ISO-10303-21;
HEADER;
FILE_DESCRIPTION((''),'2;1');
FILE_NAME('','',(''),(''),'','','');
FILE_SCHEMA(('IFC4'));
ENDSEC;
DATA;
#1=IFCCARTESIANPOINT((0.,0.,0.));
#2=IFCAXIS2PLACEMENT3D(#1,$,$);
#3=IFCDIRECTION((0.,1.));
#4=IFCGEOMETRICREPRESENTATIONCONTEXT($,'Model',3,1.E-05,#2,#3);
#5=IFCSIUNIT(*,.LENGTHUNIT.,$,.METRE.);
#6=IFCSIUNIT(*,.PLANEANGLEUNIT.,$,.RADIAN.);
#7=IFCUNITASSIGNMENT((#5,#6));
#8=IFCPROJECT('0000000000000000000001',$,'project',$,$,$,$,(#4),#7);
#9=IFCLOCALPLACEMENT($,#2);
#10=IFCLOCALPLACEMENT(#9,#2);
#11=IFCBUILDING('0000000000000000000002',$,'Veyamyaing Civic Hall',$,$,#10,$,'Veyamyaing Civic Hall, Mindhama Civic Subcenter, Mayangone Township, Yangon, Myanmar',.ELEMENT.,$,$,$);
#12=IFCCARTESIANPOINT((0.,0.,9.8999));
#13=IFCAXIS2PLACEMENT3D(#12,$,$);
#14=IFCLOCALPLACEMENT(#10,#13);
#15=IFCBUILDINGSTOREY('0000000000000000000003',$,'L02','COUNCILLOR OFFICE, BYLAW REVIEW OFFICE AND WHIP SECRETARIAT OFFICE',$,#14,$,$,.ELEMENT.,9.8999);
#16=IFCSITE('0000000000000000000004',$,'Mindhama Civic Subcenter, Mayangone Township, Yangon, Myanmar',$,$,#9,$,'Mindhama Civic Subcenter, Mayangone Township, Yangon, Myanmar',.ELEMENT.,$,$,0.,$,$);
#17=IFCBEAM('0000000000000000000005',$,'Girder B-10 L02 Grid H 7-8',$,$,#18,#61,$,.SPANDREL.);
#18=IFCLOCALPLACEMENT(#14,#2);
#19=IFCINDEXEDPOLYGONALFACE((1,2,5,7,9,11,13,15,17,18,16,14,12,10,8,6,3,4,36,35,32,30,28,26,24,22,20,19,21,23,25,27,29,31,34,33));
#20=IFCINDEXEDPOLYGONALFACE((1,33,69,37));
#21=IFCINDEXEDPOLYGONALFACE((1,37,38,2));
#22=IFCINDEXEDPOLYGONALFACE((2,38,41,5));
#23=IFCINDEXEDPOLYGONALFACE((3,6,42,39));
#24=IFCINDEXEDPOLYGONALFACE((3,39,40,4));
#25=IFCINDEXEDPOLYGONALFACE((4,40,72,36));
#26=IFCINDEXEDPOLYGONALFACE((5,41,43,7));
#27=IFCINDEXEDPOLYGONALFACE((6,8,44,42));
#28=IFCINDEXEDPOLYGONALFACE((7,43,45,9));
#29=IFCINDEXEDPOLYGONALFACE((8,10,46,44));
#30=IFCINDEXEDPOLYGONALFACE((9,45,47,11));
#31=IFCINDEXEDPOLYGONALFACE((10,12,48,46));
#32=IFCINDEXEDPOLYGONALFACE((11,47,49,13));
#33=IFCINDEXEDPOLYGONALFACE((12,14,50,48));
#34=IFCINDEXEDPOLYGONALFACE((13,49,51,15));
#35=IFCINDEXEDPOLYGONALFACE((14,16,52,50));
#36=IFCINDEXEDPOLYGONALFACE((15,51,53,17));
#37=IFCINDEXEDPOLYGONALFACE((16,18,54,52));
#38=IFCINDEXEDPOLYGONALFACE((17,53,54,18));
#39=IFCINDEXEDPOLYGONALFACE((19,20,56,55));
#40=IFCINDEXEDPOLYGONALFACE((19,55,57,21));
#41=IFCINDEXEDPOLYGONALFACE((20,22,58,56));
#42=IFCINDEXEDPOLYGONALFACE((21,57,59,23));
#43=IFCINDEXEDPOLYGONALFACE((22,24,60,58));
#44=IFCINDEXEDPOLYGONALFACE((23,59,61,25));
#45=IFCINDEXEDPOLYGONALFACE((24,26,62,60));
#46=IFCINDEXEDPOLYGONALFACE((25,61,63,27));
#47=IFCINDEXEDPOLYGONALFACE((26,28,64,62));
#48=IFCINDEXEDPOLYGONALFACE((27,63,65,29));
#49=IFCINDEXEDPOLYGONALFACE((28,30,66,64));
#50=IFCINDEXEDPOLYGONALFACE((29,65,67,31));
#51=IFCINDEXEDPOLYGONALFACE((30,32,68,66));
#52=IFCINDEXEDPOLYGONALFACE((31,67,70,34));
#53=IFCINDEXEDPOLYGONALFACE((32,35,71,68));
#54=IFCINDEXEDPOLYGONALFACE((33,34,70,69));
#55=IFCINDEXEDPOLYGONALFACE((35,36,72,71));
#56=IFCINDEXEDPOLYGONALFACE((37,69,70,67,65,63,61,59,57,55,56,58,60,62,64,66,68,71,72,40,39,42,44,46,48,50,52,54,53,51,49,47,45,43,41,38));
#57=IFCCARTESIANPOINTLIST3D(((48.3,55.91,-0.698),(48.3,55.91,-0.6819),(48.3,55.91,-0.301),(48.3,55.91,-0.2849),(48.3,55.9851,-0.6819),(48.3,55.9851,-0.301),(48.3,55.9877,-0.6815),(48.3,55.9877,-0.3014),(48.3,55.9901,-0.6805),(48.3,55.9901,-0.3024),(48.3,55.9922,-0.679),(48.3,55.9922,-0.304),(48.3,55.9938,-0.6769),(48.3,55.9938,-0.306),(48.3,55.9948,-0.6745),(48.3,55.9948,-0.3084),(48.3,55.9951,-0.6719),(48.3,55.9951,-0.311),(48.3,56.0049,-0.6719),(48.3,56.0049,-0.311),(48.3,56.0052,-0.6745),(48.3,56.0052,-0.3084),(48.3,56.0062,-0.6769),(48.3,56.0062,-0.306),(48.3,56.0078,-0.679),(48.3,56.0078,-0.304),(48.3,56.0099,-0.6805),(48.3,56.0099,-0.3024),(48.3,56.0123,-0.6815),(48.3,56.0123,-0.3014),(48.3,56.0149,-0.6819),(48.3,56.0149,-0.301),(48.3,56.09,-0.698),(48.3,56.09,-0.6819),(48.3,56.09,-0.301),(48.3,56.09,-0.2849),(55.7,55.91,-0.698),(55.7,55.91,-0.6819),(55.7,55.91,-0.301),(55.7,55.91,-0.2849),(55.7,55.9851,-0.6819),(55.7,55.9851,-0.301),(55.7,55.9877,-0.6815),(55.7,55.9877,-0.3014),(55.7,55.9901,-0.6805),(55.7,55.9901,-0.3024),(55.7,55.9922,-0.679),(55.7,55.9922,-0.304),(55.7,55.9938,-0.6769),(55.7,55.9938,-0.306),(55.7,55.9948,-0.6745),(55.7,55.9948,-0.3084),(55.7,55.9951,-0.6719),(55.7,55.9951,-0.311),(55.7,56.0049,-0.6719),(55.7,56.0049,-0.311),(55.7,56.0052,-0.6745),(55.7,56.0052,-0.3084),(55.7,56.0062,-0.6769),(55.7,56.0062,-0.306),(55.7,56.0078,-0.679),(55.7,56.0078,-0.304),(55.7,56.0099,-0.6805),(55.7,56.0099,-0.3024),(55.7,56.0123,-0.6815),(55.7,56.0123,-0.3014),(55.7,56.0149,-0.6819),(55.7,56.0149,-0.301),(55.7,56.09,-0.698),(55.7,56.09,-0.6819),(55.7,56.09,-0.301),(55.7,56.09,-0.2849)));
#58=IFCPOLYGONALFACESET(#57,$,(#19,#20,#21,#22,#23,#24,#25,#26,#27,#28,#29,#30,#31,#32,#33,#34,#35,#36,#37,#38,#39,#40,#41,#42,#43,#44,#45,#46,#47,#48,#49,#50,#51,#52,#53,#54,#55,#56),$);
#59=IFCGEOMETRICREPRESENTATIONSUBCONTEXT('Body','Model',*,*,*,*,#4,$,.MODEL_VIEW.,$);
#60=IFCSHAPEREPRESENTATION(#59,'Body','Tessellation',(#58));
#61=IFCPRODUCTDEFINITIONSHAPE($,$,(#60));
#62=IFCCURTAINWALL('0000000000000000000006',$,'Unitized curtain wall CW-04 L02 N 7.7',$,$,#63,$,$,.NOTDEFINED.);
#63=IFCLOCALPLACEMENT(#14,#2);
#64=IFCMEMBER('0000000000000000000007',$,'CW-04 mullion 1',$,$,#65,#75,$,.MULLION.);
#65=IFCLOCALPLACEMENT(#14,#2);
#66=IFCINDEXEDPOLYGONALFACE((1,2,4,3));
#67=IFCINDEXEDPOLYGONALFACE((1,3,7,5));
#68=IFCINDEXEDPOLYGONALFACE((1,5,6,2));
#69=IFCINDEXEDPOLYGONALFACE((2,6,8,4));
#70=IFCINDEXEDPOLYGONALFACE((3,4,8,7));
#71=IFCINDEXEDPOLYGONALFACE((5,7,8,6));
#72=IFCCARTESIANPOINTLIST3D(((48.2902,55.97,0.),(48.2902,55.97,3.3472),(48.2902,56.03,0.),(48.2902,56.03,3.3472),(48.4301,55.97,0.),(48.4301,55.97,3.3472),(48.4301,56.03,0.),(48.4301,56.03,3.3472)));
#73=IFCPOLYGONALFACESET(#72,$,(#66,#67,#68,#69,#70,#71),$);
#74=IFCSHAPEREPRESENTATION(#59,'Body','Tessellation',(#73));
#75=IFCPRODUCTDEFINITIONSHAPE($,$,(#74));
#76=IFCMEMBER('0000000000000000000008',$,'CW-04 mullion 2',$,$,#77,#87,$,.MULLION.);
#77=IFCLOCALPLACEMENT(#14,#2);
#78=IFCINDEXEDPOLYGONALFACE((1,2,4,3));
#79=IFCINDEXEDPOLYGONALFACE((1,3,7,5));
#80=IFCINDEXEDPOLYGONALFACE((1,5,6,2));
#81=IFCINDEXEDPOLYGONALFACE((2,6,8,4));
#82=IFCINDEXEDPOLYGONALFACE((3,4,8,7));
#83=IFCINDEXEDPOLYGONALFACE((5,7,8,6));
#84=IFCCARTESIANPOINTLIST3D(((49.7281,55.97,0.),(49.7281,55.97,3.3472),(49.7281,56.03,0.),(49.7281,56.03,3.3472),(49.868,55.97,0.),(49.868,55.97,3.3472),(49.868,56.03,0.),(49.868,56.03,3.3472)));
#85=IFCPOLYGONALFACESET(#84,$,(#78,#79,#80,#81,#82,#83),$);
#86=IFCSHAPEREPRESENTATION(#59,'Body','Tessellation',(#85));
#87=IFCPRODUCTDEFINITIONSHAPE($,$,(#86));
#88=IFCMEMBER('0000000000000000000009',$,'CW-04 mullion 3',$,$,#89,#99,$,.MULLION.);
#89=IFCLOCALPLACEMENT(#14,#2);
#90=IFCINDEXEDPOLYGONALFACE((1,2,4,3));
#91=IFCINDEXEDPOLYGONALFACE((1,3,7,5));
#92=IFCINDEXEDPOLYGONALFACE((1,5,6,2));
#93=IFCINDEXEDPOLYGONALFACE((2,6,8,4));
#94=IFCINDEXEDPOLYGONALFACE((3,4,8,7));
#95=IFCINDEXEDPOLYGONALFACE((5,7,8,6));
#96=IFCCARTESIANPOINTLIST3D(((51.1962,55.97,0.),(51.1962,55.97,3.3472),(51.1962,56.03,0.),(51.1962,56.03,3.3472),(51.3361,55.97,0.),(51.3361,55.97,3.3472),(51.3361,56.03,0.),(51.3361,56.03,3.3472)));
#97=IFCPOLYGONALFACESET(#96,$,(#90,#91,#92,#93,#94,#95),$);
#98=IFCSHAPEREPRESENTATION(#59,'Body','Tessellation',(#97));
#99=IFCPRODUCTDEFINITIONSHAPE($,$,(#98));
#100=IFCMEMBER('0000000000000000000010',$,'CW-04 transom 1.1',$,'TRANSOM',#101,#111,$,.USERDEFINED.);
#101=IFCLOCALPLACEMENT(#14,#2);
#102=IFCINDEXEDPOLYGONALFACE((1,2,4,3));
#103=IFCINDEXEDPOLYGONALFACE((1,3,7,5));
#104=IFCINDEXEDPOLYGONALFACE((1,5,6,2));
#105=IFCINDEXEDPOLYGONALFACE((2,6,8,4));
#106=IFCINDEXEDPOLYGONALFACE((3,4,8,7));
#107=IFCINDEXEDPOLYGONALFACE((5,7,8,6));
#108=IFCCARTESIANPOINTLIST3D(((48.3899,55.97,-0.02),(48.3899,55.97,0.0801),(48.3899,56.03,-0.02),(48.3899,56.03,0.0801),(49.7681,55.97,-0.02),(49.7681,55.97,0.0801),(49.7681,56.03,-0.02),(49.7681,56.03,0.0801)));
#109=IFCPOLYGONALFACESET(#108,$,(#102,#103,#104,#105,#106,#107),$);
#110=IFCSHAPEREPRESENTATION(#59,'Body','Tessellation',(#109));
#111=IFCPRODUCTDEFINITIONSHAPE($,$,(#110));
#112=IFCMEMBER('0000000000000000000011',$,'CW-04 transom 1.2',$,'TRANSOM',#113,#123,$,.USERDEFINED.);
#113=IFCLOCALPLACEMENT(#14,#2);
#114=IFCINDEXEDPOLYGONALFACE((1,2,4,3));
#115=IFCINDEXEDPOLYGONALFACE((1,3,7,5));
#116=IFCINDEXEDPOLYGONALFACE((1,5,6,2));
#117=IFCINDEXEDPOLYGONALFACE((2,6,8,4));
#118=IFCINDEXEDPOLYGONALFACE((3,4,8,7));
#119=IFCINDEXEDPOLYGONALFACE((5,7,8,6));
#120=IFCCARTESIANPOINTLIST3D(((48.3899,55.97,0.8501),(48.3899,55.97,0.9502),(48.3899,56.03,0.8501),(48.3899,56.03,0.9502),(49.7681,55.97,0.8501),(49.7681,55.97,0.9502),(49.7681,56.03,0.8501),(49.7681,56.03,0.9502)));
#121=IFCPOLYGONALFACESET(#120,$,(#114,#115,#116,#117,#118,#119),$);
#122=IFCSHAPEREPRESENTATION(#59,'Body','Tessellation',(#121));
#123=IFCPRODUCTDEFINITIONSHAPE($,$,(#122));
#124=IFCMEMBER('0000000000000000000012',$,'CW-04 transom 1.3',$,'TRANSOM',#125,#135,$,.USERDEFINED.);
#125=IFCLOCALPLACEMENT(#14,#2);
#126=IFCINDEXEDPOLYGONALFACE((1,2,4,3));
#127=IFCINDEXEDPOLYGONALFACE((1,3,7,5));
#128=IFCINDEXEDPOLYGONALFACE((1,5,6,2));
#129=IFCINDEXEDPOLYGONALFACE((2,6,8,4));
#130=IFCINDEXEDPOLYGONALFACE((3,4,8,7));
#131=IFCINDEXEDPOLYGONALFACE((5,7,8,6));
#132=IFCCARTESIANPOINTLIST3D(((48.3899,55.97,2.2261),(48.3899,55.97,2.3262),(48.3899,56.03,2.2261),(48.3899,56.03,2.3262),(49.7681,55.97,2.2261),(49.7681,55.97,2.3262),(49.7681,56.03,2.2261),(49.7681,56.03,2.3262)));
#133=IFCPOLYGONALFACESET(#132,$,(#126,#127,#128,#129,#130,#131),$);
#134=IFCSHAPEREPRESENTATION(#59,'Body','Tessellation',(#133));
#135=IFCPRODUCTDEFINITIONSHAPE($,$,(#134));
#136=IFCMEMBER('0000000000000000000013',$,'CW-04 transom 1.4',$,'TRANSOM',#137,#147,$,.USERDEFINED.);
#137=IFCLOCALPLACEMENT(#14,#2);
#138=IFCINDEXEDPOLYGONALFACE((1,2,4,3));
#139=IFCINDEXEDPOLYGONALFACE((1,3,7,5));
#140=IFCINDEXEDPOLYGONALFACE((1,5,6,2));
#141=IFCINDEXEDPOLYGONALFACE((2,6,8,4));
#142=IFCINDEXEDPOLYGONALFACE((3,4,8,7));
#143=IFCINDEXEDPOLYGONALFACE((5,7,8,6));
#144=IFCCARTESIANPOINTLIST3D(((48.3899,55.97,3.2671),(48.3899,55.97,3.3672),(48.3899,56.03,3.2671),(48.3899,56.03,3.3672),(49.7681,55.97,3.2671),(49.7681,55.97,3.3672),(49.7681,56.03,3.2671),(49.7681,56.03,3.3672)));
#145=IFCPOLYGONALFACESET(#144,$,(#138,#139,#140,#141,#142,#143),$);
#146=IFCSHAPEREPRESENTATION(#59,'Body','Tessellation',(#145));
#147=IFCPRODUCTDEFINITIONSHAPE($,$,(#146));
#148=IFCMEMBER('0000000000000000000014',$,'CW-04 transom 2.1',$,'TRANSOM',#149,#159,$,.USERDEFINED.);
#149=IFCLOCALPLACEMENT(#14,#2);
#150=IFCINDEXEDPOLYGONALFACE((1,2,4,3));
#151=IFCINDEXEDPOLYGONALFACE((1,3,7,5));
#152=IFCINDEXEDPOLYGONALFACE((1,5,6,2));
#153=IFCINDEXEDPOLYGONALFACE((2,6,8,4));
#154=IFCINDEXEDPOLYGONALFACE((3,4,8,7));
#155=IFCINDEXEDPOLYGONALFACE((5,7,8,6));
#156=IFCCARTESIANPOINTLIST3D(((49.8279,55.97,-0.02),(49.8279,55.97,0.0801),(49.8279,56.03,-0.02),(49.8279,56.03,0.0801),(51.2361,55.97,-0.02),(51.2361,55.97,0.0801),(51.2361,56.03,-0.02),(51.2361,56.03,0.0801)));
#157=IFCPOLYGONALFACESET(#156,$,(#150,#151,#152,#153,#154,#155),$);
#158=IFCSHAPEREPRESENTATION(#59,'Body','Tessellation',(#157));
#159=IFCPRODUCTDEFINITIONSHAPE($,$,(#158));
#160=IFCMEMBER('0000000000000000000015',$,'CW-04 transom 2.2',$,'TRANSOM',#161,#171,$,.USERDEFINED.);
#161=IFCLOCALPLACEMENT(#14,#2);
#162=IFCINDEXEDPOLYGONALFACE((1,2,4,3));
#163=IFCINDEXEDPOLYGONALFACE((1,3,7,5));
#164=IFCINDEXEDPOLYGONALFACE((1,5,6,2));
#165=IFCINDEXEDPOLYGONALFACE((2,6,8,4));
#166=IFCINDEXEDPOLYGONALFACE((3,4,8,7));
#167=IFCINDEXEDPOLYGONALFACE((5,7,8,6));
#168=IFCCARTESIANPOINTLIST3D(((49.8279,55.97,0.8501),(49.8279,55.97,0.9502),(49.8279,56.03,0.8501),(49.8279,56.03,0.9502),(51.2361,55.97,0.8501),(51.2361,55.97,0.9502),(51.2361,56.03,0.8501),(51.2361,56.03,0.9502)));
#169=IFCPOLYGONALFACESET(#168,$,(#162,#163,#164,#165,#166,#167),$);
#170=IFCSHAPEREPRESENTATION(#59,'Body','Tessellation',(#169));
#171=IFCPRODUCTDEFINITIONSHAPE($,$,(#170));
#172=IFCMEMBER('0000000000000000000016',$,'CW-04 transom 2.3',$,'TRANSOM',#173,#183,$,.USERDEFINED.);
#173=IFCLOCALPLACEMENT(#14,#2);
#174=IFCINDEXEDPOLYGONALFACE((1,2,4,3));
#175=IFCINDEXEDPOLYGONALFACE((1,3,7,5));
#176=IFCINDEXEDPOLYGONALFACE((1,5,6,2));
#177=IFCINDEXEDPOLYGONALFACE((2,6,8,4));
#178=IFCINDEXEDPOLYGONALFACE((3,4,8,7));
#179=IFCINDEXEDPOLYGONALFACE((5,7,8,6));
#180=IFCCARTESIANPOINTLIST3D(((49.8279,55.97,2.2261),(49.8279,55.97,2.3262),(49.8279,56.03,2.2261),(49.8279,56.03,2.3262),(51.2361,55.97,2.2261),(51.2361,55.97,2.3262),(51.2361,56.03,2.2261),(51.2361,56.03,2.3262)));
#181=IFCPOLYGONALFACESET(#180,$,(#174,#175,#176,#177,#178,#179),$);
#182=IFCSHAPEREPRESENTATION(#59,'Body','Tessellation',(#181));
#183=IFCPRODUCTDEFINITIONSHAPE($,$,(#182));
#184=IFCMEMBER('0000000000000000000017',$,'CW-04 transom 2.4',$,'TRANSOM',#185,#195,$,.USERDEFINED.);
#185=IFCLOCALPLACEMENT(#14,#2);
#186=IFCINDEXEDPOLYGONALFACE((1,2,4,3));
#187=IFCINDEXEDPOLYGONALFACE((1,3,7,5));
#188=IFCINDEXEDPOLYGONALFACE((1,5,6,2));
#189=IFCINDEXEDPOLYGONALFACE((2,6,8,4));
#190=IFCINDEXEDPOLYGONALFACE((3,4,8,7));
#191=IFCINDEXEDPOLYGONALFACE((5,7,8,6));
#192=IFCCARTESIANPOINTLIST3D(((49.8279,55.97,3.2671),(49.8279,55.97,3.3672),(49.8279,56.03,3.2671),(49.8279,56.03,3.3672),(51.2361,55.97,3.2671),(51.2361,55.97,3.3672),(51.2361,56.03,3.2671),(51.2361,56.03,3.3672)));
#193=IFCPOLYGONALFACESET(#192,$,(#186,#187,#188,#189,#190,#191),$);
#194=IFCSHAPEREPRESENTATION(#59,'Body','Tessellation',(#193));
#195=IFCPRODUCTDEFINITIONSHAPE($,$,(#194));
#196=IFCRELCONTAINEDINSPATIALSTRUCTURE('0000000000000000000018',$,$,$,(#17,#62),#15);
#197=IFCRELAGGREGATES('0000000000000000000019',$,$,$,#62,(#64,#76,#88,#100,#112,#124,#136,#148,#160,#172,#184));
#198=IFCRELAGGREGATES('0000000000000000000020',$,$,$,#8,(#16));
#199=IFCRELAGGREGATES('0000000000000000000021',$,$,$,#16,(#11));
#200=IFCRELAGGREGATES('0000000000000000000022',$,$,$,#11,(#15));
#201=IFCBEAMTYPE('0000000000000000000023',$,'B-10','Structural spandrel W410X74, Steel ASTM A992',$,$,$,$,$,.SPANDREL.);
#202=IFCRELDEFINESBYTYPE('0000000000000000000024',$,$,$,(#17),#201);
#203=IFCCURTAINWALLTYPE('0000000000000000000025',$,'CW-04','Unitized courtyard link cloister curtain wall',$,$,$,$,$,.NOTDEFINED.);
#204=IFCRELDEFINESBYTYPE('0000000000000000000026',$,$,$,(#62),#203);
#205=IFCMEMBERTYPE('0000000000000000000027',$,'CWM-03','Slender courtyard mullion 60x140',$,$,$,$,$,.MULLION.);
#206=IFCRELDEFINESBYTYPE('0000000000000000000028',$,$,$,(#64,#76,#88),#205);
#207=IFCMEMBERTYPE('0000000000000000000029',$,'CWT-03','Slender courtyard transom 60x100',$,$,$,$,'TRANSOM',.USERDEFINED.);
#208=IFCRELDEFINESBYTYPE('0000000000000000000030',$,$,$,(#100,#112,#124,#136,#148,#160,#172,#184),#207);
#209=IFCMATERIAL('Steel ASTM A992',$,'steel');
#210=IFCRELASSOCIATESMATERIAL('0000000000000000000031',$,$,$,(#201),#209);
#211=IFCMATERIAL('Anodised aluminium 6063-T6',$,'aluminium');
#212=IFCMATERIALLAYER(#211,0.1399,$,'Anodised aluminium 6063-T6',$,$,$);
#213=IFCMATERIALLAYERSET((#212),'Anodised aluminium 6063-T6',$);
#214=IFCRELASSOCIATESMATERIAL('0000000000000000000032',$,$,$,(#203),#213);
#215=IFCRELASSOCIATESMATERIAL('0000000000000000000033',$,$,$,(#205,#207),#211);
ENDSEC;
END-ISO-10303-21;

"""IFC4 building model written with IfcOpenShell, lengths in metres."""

from ifc_helpers import new_model, si_unit, direction, frame, origin, origin_2d, place, context, subcontext, project, spatial, rectangle, i_section, extrude, material, layer, layer_set, material_profile, profile_set, type_object, element, aggregate, save


model = new_model("IFC4")

# Units and contexts
model_context = context("Model", 3, precision=1e-05, world=origin(), true_north=direction((0.0, 1.0)))
body_context = subcontext(model_context, "Body", "Model", "MODEL_VIEW")
ifc_project = project(units=[si_unit("LENGTHUNIT", "METRE"), si_unit("PLANEANGLEUNIT", "RADIAN")], contexts=[model_context])

# Site, building, storey
site_placement = place(None, origin())
site = spatial("IfcSite", under=ifc_project, at=site_placement, Name="Mindhama Civic Subcenter, Mayangone Township, Yangon, Myanmar", LongName="Mindhama Civic Subcenter, Mayangone Township, Yangon, Myanmar", CompositionType="ELEMENT", RefElevation=0.0)
building_placement = place(site_placement, origin())
building = spatial("IfcBuilding", under=site, at=building_placement, Name="Veyamyaing Civic Hall", LongName="Veyamyaing Civic Hall, Mindhama Civic Subcenter, Mayangone Township, Yangon, Myanmar", CompositionType="ELEMENT")
storey_placement = place(building_placement, frame((0.0, 0.0, 9.8999)))
storey = spatial("IfcBuildingStorey", under=building, at=storey_placement, Name="L02", Description="COUNCILLOR OFFICE, BYLAW REVIEW OFFICE AND WHIP SECRETARIAT OFFICE", CompositionType="ELEMENT", Elevation=9.8999)

# Beam
ifc_material_1 = material(Name="Steel ASTM A992", Category="steel")
ifc_material_profile_1 = material_profile(ifc_material_1, i_section(OverallWidth=0.1799, OverallDepth=0.4131, WebThickness=0.0098, FlangeThickness=0.0161, FilletRadius=0.01, at=origin_2d()), Name="W410X74")
ifc_profile_set_1 = profile_set([ifc_material_profile_1], Name="Steel ASTM A992")
beam_type = type_object("IfcBeamType", Name="B-10", Description="Structural spandrel W410X74, Steel ASTM A992", PredefinedType="SPANDREL", material=ifc_profile_set_1)
beam_placement = place(storey_placement, frame((48.3, 56.0, -0.4915), z_axis=(1.0, 0.0, 0.0), x_axis=(0.0, 1.0, 0.0)))
element("IfcBeam", 1, at=beam_placement, inside=storey, type_object=beam_type, Name="Girder B-10 L02 Grid H 7-8", PredefinedType="SPANDREL", context=body_context, shape_type="SweptSolid", body=[
    extrude(i_section(OverallWidth=0.1799, OverallDepth=0.4131, WebThickness=0.0098, FlangeThickness=0.0161, FilletRadius=0.01, at=origin_2d()), origin(), (0.0, 0.0, 1.0), 7.3999),
])

# Curtain wall, members
ifc_material_2 = material(Name="Anodised aluminium 6063-T6", Category="aluminium")
ifc_layer_1 = layer(ifc_material_2, 0.1399, Name="Anodised aluminium 6063-T6")
ifc_layer_set_1 = layer_set([ifc_layer_1], Name="Anodised aluminium 6063-T6")
curtain_wall_type = type_object("IfcCurtainWallType", Name="CW-04", Description="Unitized courtyard link cloister curtain wall", PredefinedType="NOTDEFINED", material=ifc_layer_set_1)
curtain_wall_placement = place(storey_placement, origin())
curtain_wall = element("IfcCurtainWall", 2, at=curtain_wall_placement, inside=storey, type_object=curtain_wall_type, Name="Unitized curtain wall CW-04 L02 N 7.7", PredefinedType="NOTDEFINED")
ifc_material_profile_2 = material_profile(ifc_material_2, rectangle(XDim=0.0601, YDim=0.1399, at=origin_2d()), Name="ALU-MUL-60X140")
ifc_profile_set_2 = profile_set([ifc_material_profile_2], Name="Anodised aluminium 6063-T6")
member_type_1 = type_object("IfcMemberType", Name="CWM-03", Description="Slender courtyard mullion 60x140", PredefinedType="MULLION", material=ifc_profile_set_2)
member_1_placement = place(storey_placement, frame((48.3601, 56.0, 0.0), z_axis=(0.0, 0.0, 1.0), x_axis=(0.0, 1.0, 0.0)))
member_1 = element("IfcMember", 3, at=member_1_placement, type_object=member_type_1, Name="CW-04 mullion 1", PredefinedType="MULLION", context=body_context, shape_type="SweptSolid", body=[
    extrude(rectangle(XDim=0.0601, YDim=0.1399, at=origin_2d()), origin(), (0.0, 0.0, 1.0), 3.3472),
])
member_2_placement = place(storey_placement, frame((49.7981, 56.0, 0.0), z_axis=(0.0, 0.0, 1.0), x_axis=(0.0, 1.0, 0.0)))
member_2 = element("IfcMember", 4, at=member_2_placement, type_object=member_type_1, Name="CW-04 mullion 2", PredefinedType="MULLION", context=body_context, shape_type="SweptSolid", body=[
    extrude(rectangle(XDim=0.0601, YDim=0.1399, at=origin_2d()), origin(), (0.0, 0.0, 1.0), 3.3472),
])
member_3_placement = place(storey_placement, frame((51.2661, 56.0, 0.0), z_axis=(0.0, 0.0, 1.0), x_axis=(0.0, 1.0, 0.0)))
member_3 = element("IfcMember", 5, at=member_3_placement, type_object=member_type_1, Name="CW-04 mullion 3", PredefinedType="MULLION", context=body_context, shape_type="SweptSolid", body=[
    extrude(rectangle(XDim=0.0601, YDim=0.1399, at=origin_2d()), origin(), (0.0, 0.0, 1.0), 3.3472),
])
ifc_material_profile_3 = material_profile(ifc_material_2, rectangle(XDim=0.0601, YDim=0.1001, at=origin_2d()), Name="ALU-TRN-60X100")
ifc_profile_set_3 = profile_set([ifc_material_profile_3], Name="Anodised aluminium 6063-T6")
member_type_2 = type_object("IfcMemberType", Name="CWT-03", Description="Slender courtyard transom 60x100", ElementType="TRANSOM", PredefinedType="USERDEFINED", material=ifc_profile_set_3)
member_4_placement = place(storey_placement, frame((48.3899, 56.0, 0.03), z_axis=(1.0, 0.0, 0.0), x_axis=(0.0, 1.0, 0.0)))
member_4 = element("IfcMember", 6, at=member_4_placement, type_object=member_type_2, Name="CW-04 transom 1.1", ObjectType="TRANSOM", PredefinedType="USERDEFINED", context=body_context, shape_type="SweptSolid", body=[
    extrude(rectangle(XDim=0.0601, YDim=0.1001, at=origin_2d()), origin(), (0.0, 0.0, 1.0), 1.3782),
])
member_5_placement = place(storey_placement, frame((48.3899, 56.0, 0.9001), z_axis=(1.0, 0.0, 0.0), x_axis=(0.0, 1.0, 0.0)))
member_5 = element("IfcMember", 7, at=member_5_placement, type_object=member_type_2, Name="CW-04 transom 1.2", ObjectType="TRANSOM", PredefinedType="USERDEFINED", context=body_context, shape_type="SweptSolid", body=[
    extrude(rectangle(XDim=0.0601, YDim=0.1001, at=origin_2d()), origin(), (0.0, 0.0, 1.0), 1.3782),
])
member_6_placement = place(storey_placement, frame((48.3899, 56.0, 2.2761), z_axis=(1.0, 0.0, 0.0), x_axis=(0.0, 1.0, 0.0)))
member_6 = element("IfcMember", 8, at=member_6_placement, type_object=member_type_2, Name="CW-04 transom 1.3", ObjectType="TRANSOM", PredefinedType="USERDEFINED", context=body_context, shape_type="SweptSolid", body=[
    extrude(rectangle(XDim=0.0601, YDim=0.1001, at=origin_2d()), origin(), (0.0, 0.0, 1.0), 1.3782),
])
member_7_placement = place(storey_placement, frame((48.3899, 56.0, 3.3171), z_axis=(1.0, 0.0, 0.0), x_axis=(0.0, 1.0, 0.0)))
member_7 = element("IfcMember", 9, at=member_7_placement, type_object=member_type_2, Name="CW-04 transom 1.4", ObjectType="TRANSOM", PredefinedType="USERDEFINED", context=body_context, shape_type="SweptSolid", body=[
    extrude(rectangle(XDim=0.0601, YDim=0.1001, at=origin_2d()), origin(), (0.0, 0.0, 1.0), 1.3782),
])
member_8_placement = place(storey_placement, frame((49.8279, 56.0, 0.03), z_axis=(1.0, 0.0, 0.0), x_axis=(0.0, 1.0, 0.0)))
member_8 = element("IfcMember", 10, at=member_8_placement, type_object=member_type_2, Name="CW-04 transom 2.1", ObjectType="TRANSOM", PredefinedType="USERDEFINED", context=body_context, shape_type="SweptSolid", body=[
    extrude(rectangle(XDim=0.0601, YDim=0.1001, at=origin_2d()), origin(), (0.0, 0.0, 1.0), 1.4082),
])
member_9_placement = place(storey_placement, frame((49.8279, 56.0, 0.9001), z_axis=(1.0, 0.0, 0.0), x_axis=(0.0, 1.0, 0.0)))
member_9 = element("IfcMember", 11, at=member_9_placement, type_object=member_type_2, Name="CW-04 transom 2.2", ObjectType="TRANSOM", PredefinedType="USERDEFINED", context=body_context, shape_type="SweptSolid", body=[
    extrude(rectangle(XDim=0.0601, YDim=0.1001, at=origin_2d()), origin(), (0.0, 0.0, 1.0), 1.4082),
])
member_10_placement = place(storey_placement, frame((49.8279, 56.0, 2.2761), z_axis=(1.0, 0.0, 0.0), x_axis=(0.0, 1.0, 0.0)))
member_10 = element("IfcMember", 12, at=member_10_placement, type_object=member_type_2, Name="CW-04 transom 2.3", ObjectType="TRANSOM", PredefinedType="USERDEFINED", context=body_context, shape_type="SweptSolid", body=[
    extrude(rectangle(XDim=0.0601, YDim=0.1001, at=origin_2d()), origin(), (0.0, 0.0, 1.0), 1.4082),
])
member_11_placement = place(storey_placement, frame((49.8279, 56.0, 3.3171), z_axis=(1.0, 0.0, 0.0), x_axis=(0.0, 1.0, 0.0)))
member_11 = element("IfcMember", 13, at=member_11_placement, type_object=member_type_2, Name="CW-04 transom 2.4", ObjectType="TRANSOM", PredefinedType="USERDEFINED", context=body_context, shape_type="SweptSolid", body=[
    extrude(rectangle(XDim=0.0601, YDim=0.1001, at=origin_2d()), origin(), (0.0, 0.0, 1.0), 1.4082),
])
aggregate(curtain_wall, [member_1, member_2, member_3, member_4, member_5, member_6, member_7, member_8, member_9, member_10, member_11])

save(model, "model.ifc")
